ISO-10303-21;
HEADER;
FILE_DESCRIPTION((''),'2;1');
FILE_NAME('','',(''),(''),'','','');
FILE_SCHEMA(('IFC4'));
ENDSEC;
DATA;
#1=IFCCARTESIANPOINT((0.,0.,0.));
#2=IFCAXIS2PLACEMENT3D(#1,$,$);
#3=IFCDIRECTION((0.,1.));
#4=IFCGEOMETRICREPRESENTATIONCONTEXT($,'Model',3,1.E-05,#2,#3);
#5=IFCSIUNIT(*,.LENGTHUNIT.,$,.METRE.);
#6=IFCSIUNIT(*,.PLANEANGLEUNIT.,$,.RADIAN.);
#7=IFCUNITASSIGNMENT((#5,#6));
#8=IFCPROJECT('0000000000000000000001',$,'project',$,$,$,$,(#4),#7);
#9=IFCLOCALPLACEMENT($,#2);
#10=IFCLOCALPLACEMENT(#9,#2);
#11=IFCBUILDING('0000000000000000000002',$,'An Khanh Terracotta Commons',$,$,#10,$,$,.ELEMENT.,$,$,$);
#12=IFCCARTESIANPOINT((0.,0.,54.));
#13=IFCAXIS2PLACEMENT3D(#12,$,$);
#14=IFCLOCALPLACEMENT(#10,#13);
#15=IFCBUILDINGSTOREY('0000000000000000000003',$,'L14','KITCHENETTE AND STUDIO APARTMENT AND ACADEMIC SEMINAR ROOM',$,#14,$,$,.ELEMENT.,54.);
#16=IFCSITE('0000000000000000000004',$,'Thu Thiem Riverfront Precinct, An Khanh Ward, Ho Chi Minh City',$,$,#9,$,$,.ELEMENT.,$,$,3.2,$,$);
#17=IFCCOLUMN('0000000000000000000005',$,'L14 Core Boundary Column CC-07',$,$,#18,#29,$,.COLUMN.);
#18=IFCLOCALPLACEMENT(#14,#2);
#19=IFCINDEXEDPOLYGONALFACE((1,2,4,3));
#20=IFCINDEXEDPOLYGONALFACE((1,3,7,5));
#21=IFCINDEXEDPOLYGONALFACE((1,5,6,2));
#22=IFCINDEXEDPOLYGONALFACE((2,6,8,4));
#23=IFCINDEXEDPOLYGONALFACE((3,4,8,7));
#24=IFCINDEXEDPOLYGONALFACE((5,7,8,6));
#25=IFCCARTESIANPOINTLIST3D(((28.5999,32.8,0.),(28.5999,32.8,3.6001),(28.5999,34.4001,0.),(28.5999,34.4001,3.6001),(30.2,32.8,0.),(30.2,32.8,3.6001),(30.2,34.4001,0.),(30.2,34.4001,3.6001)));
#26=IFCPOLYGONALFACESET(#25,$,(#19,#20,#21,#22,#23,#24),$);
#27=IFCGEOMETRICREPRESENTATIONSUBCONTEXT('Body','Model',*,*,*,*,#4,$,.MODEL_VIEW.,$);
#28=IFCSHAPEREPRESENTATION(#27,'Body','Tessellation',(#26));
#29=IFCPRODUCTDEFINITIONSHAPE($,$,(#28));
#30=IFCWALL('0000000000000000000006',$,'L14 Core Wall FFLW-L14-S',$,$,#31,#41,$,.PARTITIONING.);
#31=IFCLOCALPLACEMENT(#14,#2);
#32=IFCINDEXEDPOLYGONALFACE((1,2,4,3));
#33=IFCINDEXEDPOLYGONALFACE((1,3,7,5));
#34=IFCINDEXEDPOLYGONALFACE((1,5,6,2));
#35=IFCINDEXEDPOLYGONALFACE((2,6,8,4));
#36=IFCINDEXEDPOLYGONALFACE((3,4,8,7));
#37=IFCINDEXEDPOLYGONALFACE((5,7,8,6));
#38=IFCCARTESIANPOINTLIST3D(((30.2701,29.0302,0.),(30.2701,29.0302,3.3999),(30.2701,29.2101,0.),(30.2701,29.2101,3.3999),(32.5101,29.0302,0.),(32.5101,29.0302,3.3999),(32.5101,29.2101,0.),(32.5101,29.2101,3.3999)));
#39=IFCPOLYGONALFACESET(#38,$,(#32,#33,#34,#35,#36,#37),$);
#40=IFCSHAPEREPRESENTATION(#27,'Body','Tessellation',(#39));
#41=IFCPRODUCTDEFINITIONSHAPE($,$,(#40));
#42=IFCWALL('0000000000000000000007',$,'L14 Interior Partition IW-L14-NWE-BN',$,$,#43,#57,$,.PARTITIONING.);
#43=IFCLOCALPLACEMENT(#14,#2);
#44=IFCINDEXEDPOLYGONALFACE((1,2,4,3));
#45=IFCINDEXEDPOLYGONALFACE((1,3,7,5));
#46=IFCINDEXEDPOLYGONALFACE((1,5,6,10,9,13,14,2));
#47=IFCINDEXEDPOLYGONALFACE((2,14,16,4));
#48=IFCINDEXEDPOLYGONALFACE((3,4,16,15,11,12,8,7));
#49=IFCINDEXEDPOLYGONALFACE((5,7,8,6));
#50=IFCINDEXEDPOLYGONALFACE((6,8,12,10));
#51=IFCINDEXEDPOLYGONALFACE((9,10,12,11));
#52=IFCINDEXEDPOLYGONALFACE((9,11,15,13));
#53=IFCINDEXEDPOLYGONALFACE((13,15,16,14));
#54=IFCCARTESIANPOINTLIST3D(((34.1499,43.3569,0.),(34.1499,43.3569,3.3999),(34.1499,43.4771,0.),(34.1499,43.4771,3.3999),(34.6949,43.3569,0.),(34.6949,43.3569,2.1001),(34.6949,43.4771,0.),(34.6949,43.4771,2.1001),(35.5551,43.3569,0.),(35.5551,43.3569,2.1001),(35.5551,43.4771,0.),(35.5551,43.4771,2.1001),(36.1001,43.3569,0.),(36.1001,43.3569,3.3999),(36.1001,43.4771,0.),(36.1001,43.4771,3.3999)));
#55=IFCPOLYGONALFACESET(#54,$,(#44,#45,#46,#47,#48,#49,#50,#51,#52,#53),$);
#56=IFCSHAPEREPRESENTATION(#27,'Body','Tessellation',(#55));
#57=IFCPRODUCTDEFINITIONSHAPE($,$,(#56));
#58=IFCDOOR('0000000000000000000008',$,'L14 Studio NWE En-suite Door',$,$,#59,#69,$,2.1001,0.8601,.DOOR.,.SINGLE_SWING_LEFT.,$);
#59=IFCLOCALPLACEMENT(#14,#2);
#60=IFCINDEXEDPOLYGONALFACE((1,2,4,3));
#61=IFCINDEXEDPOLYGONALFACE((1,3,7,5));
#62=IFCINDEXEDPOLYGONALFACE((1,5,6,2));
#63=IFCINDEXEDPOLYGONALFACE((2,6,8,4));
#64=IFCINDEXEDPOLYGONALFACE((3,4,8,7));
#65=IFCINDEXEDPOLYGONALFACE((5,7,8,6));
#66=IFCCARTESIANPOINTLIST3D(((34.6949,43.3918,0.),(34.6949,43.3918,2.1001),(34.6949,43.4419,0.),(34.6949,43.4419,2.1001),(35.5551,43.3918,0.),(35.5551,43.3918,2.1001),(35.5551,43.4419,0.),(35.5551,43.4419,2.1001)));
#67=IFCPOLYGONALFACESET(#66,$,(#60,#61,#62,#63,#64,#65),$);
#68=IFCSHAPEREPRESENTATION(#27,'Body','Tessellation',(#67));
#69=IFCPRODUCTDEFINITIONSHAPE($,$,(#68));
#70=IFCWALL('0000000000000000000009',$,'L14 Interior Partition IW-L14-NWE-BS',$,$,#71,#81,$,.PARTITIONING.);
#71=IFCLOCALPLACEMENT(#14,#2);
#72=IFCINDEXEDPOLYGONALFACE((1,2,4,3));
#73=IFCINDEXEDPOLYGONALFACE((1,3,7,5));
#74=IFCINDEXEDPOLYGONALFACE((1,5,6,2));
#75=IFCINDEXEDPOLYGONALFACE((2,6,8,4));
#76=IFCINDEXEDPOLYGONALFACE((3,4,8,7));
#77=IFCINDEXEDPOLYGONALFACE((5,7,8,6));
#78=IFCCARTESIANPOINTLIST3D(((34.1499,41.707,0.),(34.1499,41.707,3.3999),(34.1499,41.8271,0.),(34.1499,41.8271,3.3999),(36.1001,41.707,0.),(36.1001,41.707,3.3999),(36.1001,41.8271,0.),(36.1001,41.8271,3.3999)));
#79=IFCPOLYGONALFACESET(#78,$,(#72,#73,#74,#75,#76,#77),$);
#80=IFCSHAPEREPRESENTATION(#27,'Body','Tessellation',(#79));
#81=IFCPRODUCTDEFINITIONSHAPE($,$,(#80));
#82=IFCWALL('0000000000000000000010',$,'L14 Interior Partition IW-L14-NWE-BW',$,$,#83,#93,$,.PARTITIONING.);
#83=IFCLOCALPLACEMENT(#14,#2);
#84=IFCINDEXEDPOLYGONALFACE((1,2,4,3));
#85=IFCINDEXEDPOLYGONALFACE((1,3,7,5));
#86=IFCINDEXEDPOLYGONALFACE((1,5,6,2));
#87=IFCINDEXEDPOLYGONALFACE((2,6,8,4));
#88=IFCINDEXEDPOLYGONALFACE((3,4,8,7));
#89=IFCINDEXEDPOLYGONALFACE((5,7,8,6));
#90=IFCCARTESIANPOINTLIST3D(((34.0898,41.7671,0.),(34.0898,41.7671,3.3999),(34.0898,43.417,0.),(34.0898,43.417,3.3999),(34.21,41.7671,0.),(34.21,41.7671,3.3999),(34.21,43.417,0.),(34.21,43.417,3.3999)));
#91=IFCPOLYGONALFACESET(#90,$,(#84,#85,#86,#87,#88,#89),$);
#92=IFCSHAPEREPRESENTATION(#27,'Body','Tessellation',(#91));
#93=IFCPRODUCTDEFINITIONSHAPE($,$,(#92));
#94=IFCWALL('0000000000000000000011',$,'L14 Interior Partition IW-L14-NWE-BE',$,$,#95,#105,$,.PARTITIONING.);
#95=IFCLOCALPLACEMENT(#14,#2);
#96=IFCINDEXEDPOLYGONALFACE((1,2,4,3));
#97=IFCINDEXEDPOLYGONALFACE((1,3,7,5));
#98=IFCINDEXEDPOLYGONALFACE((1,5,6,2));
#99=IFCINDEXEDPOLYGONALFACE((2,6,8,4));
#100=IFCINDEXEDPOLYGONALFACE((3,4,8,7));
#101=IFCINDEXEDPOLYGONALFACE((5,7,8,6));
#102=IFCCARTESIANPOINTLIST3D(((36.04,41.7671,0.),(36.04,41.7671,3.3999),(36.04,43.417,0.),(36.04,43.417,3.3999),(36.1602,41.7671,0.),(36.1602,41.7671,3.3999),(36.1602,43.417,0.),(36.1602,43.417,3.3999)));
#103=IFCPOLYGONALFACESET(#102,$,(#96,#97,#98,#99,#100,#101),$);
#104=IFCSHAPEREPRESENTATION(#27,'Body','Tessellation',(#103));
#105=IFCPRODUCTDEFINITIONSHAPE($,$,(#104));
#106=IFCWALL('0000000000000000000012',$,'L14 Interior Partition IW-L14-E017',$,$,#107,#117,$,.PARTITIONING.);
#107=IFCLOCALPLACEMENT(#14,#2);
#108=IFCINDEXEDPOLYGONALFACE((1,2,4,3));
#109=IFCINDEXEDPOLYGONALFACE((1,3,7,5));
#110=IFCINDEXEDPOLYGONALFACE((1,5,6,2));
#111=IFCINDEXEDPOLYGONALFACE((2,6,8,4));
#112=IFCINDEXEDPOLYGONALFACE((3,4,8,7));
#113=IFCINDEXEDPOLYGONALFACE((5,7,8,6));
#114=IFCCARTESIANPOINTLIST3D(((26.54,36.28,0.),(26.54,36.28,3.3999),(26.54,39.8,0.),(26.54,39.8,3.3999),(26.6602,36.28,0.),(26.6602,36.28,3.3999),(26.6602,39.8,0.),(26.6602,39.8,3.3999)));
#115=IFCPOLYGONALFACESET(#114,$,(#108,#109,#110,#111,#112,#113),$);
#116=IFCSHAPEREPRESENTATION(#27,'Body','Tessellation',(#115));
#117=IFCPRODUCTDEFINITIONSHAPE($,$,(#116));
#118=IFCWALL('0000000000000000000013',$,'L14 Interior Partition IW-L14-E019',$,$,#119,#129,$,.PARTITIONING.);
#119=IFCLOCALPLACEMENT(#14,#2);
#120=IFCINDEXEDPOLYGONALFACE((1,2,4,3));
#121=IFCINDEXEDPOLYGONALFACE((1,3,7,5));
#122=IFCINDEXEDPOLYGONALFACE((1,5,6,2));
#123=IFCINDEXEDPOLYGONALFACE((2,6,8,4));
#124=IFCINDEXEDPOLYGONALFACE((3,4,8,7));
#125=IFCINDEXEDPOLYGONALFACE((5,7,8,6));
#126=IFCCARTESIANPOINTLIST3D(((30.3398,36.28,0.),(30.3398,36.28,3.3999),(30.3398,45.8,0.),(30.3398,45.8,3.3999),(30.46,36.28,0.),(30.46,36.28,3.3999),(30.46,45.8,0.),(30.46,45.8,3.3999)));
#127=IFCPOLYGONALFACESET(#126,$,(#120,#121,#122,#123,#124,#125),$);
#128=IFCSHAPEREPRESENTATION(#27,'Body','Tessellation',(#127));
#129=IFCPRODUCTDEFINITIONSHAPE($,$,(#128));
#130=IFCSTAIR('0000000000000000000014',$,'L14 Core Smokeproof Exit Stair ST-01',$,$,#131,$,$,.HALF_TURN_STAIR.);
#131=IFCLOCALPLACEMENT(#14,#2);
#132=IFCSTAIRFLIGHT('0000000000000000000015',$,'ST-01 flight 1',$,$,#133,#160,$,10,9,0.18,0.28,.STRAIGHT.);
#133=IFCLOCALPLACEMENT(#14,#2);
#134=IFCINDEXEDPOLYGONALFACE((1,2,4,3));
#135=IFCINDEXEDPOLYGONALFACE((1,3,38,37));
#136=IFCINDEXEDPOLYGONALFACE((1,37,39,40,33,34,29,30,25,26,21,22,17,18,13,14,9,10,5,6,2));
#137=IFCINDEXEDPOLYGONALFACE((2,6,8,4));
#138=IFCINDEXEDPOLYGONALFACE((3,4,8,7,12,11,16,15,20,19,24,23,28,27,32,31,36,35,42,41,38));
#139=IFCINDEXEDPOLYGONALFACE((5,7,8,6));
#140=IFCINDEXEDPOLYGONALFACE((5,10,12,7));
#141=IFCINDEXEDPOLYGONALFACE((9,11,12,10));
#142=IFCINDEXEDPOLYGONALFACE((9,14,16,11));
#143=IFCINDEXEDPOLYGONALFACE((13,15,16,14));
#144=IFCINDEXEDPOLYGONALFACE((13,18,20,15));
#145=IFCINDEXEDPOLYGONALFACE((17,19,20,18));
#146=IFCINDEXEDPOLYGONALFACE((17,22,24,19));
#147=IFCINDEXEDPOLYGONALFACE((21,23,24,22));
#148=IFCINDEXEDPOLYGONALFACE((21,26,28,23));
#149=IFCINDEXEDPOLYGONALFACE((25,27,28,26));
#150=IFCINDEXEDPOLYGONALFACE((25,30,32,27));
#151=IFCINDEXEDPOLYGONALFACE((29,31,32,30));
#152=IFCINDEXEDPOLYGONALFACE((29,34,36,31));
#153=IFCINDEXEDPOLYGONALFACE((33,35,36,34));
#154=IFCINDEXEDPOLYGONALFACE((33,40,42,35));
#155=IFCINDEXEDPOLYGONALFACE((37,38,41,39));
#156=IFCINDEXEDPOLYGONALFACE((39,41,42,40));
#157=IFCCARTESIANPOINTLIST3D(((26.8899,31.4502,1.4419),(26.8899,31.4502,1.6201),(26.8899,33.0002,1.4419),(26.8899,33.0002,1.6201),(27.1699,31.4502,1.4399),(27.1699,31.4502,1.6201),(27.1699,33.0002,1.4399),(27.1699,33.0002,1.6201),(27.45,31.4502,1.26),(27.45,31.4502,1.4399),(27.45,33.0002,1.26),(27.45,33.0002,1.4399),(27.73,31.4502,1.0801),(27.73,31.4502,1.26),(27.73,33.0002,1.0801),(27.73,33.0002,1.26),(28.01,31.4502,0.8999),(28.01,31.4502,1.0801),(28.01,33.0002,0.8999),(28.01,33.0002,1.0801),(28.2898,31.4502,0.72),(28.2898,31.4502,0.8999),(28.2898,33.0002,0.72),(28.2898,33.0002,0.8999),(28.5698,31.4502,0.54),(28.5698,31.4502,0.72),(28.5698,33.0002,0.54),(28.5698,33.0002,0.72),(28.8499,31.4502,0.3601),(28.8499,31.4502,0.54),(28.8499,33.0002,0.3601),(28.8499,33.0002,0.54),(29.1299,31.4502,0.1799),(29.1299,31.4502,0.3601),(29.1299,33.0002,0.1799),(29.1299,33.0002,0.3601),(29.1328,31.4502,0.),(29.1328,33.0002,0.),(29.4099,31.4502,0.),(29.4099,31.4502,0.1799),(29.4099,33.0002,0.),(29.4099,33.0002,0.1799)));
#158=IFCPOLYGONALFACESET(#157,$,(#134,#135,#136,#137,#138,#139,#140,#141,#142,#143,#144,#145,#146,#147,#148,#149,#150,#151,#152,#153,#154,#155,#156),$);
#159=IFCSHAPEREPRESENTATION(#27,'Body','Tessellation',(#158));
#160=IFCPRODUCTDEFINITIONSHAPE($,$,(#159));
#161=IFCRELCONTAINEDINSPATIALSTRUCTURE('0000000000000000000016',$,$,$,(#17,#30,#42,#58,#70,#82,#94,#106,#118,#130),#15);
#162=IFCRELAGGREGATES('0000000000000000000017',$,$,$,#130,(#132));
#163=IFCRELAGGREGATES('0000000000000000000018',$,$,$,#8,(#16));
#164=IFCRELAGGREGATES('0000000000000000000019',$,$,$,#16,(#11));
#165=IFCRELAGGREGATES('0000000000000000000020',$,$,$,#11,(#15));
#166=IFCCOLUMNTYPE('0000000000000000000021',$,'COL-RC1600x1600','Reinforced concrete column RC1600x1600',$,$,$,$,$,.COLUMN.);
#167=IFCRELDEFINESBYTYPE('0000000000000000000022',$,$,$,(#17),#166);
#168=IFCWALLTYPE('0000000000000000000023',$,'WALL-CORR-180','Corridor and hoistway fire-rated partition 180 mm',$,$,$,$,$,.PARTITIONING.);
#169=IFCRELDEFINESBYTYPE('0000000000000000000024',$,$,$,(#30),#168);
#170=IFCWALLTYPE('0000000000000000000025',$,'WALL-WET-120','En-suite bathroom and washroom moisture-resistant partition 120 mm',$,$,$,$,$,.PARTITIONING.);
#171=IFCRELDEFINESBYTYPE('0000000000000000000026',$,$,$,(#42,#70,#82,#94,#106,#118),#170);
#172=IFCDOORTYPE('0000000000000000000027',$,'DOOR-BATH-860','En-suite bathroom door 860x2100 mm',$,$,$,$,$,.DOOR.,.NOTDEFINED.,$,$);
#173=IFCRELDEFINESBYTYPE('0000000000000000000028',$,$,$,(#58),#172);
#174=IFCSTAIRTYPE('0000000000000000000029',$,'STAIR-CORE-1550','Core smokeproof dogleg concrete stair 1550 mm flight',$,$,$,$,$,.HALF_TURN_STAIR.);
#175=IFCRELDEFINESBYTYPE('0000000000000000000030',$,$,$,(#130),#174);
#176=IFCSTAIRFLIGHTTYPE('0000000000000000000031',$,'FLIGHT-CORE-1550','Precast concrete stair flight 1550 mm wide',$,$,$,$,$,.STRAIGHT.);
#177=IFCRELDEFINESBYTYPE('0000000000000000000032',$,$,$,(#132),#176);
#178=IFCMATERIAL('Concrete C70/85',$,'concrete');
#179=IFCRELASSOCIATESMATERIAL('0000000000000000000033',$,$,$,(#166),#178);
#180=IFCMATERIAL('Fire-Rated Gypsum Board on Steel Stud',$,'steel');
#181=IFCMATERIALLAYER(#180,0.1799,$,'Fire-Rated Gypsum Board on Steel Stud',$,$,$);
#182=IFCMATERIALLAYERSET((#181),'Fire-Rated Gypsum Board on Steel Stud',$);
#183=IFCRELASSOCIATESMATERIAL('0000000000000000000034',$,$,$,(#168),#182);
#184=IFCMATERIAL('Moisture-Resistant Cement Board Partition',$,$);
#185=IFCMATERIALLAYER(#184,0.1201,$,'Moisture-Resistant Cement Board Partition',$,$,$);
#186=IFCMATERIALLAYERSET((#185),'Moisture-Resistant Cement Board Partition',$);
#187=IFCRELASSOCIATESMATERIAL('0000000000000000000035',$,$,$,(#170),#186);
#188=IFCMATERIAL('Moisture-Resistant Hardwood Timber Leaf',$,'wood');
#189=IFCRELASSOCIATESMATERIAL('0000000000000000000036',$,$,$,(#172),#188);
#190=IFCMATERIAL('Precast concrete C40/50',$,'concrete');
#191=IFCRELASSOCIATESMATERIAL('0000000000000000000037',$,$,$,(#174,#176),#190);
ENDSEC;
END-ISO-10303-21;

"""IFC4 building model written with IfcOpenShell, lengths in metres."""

from ifc_helpers import new_model, si_unit, direction, frame, frame_2d, origin, origin_2d, place, context, subcontext, project, spatial, polyline, rectangle, outline, extrude, material, layer, layer_set, material_profile, profile_set, type_object, element, fill, aggregate, save


model = new_model("IFC4")

# Units and contexts
model_context = context("Model", 3, precision=1e-05, world=origin(), true_north=direction((0.0, 1.0)))
body_context = subcontext(model_context, "Body", "Model", "MODEL_VIEW")
ifc_project = project(units=[si_unit("LENGTHUNIT", "METRE"), si_unit("PLANEANGLEUNIT", "RADIAN")], contexts=[model_context])

# Site, building, storey
site_placement = place(None, origin())
site = spatial("IfcSite", under=ifc_project, at=site_placement, Name="Thu Thiem Riverfront Precinct, An Khanh Ward, Ho Chi Minh City", CompositionType="ELEMENT", RefElevation=3.2)
building_placement = place(site_placement, origin())
building = spatial("IfcBuilding", under=site, at=building_placement, Name="An Khanh Terracotta Commons", CompositionType="ELEMENT")
storey_placement = place(building_placement, frame((0.0, 0.0, 54.0)))
storey = spatial("IfcBuildingStorey", under=building, at=storey_placement, Name="L14", Description="KITCHENETTE AND STUDIO APARTMENT AND ACADEMIC SEMINAR ROOM", CompositionType="ELEMENT", Elevation=54.0)

# Column
ifc_material_1 = material(Name="Concrete C70/85", Category="concrete")
ifc_material_profile = material_profile(ifc_material_1, rectangle(XDim=1.6001, YDim=1.6001, at=origin_2d()), Name="RC1600x1600")
ifc_profile_set = profile_set([ifc_material_profile], Name="Concrete C70/85")
column_type = type_object("IfcColumnType", Name="COL-RC1600x1600", Description="Reinforced concrete column RC1600x1600", PredefinedType="COLUMN", material=ifc_profile_set)
column_placement = place(storey_placement, frame((29.3999, 33.6001, 0.0), z_axis=(0.0, 0.0, 1.0), x_axis=(1.0, 0.0, 0.0)))
element("IfcColumn", 1, at=column_placement, inside=storey, type_object=column_type, Name="L14 Core Boundary Column CC-07", PredefinedType="COLUMN", context=body_context, shape_type="SweptSolid", body=[
    extrude(rectangle(XDim=1.6001, YDim=1.6001, at=origin_2d()), origin(), (0.0, 0.0, 1.0), 3.6001),
])

# Wall
ifc_material_2 = material(Name="Fire-Rated Gypsum Board on Steel Stud", Category="steel")
ifc_layer_1 = layer(ifc_material_2, 0.1799, Name="Fire-Rated Gypsum Board on Steel Stud")
ifc_layer_set_1 = layer_set([ifc_layer_1], Name="Fire-Rated Gypsum Board on Steel Stud")
wall_type_1 = type_object("IfcWallType", Name="WALL-CORR-180", Description="Corridor and hoistway fire-rated partition 180 mm", PredefinedType="PARTITIONING", material=ifc_layer_set_1)
wall_1_placement = place(storey_placement, frame((30.27, 29.1201, 0.0), z_axis=(0.0, 0.0, 1.0), x_axis=(1.0, 0.0, 0.0)))
element("IfcWall", 2, at=wall_1_placement, inside=storey, type_object=wall_type_1, Name="L14 Core Wall FFLW-L14-S", PredefinedType="PARTITIONING", context=body_context, shape_type="SweptSolid", body=[
    extrude(rectangle(XDim=2.24, YDim=0.1799, at=frame_2d((1.1201, 0.0))), origin(), (0.0, 0.0, 1.0), 3.3999),
])

# Wall, opening, door
ifc_material_3 = material(Name="Moisture-Resistant Cement Board Partition")
ifc_layer_2 = layer(ifc_material_3, 0.1201, Name="Moisture-Resistant Cement Board Partition")
ifc_layer_set_2 = layer_set([ifc_layer_2], Name="Moisture-Resistant Cement Board Partition")
wall_type_2 = type_object("IfcWallType", Name="WALL-WET-120", Description="En-suite bathroom and washroom moisture-resistant partition 120 mm", PredefinedType="PARTITIONING", material=ifc_layer_set_2)
wall_2_placement = place(storey_placement, frame((34.1499, 43.417, 0.0), z_axis=(0.0, 0.0, 1.0), x_axis=(1.0, 0.0, 0.0)))
wall_2 = element("IfcWall", 3, at=wall_2_placement, inside=storey, type_object=wall_type_2, Name="L14 Interior Partition IW-L14-NWE-BN", PredefinedType="PARTITIONING", context=body_context, shape_type="SweptSolid", body=[
    extrude(rectangle(XDim=1.9502, YDim=0.1201, at=frame_2d((0.9751, 0.0))), origin(), (0.0, 0.0, 1.0), 3.3999),
])
opening_1_placement = place(wall_2_placement, frame((0.5449, 0.0, 0.0)))
opening_1 = element("IfcOpeningElement", 4, at=opening_1_placement, cuts=wall_2, PredefinedType="OPENING", context=body_context, shape_type="SweptSolid", body=[
    extrude(rectangle(XDim=0.8601, YDim=2.1001, at=frame_2d((0.4302, 1.05))), frame((0.0, 0.0701, 0.0), z_axis=(0.0, -1.0, 0.0), x_axis=(1.0, 0.0, 0.0)), (0.0, 0.0, 1.0), 0.1401),
])
ifc_material_4 = material(Name="Moisture-Resistant Hardwood Timber Leaf", Category="wood")
door_type_1 = type_object("IfcDoorType", Name="DOOR-BATH-860", Description="En-suite bathroom door 860x2100 mm", OperationType="NOTDEFINED", PredefinedType="DOOR", material=ifc_material_4)
door_1_placement = place(opening_1_placement, origin())
door_1 = element("IfcDoor", 5, at=door_1_placement, inside=storey, type_object=door_type_1, Name="L14 Studio NWE En-suite Door", OperationType="SINGLE_SWING_LEFT", OverallHeight=2.1001, OverallWidth=0.8601, PredefinedType="DOOR", context=body_context, shape_type="SweptSolid", body=[
    extrude(rectangle(XDim=0.8601, YDim=2.1001, at=frame_2d((0.4302, 1.05))), frame((0.0, 0.0249, 0.0), z_axis=(0.0, -1.0, 0.0), x_axis=(1.0, 0.0, 0.0)), (0.0, 0.0, 1.0), 0.05),
])
fill(opening_1, door_1)

# Walls
wall_3_placement = place(storey_placement, frame((36.1001, 41.7671, 0.0), z_axis=(0.0, 0.0, 1.0), x_axis=(-1.0, 0.0, 0.0)))
element("IfcWall", 6, at=wall_3_placement, inside=storey, type_object=wall_type_2, Name="L14 Interior Partition IW-L14-NWE-BS", PredefinedType="PARTITIONING", context=body_context, shape_type="SweptSolid", body=[
    extrude(rectangle(XDim=1.9502, YDim=0.1201, at=frame_2d((0.9751, 0.0))), origin(), (0.0, 0.0, 1.0), 3.3999),
])
for number, where, z_axis, x_axis, name in (
    (7, (34.1499, 43.417, 0.0), (0.0, 0.0, 1.0), (0.0, -1.0, 0.0), "L14 Interior Partition IW-L14-NWE-BW"),
    (8, (36.1001, 41.7671, 0.0), (0.0, 0.0, 1.0), (0.0, 1.0, 0.0), "L14 Interior Partition IW-L14-NWE-BE"),
):
    element("IfcWall", number, at=place(storey_placement, frame(where, z_axis=z_axis, x_axis=x_axis)), inside=storey, type_object=wall_type_2, Name=name, PredefinedType="PARTITIONING", context=body_context, shape_type="SweptSolid", body=[
        extrude(rectangle(XDim=1.6499, YDim=0.1201, at=frame_2d((0.825, 0.0))), origin(), (0.0, 0.0, 1.0), 3.3999),
    ])
wall_4_placement = place(storey_placement, frame((26.6001, 36.28, 0.0), z_axis=(0.0, 0.0, 1.0), x_axis=(0.0, 1.0, 0.0)))
element("IfcWall", 9, at=wall_4_placement, inside=storey, type_object=wall_type_2, Name="L14 Interior Partition IW-L14-E017", PredefinedType="PARTITIONING", context=body_context, shape_type="SweptSolid", body=[
    extrude(rectangle(XDim=3.52, YDim=0.1201, at=frame_2d((1.76, 0.0))), origin(), (0.0, 0.0, 1.0), 3.3999),
])
wall_5_placement = place(storey_placement, frame((30.3999, 36.28, 0.0), z_axis=(0.0, 0.0, 1.0), x_axis=(0.0, 1.0, 0.0)))
element("IfcWall", 10, at=wall_5_placement, inside=storey, type_object=wall_type_2, Name="L14 Interior Partition IW-L14-E019", PredefinedType="PARTITIONING", context=body_context, shape_type="SweptSolid", body=[
    extrude(rectangle(XDim=9.52, YDim=0.1201, at=frame_2d((4.76, 0.0))), origin(), (0.0, 0.0, 1.0), 3.3999),
])

# Stair, stair flight
ifc_material_5 = material(Name="Precast concrete C40/50", Category="concrete")
stair_type = type_object("IfcStairType", Name="STAIR-CORE-1550", Description="Core smokeproof dogleg concrete stair 1550 mm flight", PredefinedType="HALF_TURN_STAIR", material=ifc_material_5)
stair_placement = place(storey_placement, origin())
stair = element("IfcStair", 11, at=stair_placement, inside=storey, type_object=stair_type, Name="L14 Core Smokeproof Exit Stair ST-01", PredefinedType="HALF_TURN_STAIR")
stair_flight_type = type_object("IfcStairFlightType", Name="FLIGHT-CORE-1550", Description="Precast concrete stair flight 1550 mm wide", PredefinedType="STRAIGHT", material=ifc_material_5)
stair_flight_1_placement = place(storey_placement, frame((29.4099, 32.2251, 0.0), z_axis=(0.0, 0.0, 1.0), x_axis=(-1.0, 0.0, 0.0)))
stair_flight_1 = element("IfcStairFlight", 12, at=stair_flight_1_placement, type_object=stair_flight_type, Name="ST-01 flight 1", NumberOfRisers=10, NumberOfTreads=9, PredefinedType="STRAIGHT", RiserHeight=0.18, TreadLength=0.28, context=body_context, shape_type="SweptSolid", body=[
    extrude(outline(polyline([(0.0, 0.0), (0.0, 0.1799), (0.28, 0.1799), (0.28, 0.3601), (0.5601, 0.3601), (0.5601, 0.54), (0.8401, 0.54), (0.8401, 0.72), (1.1201, 0.72), (1.1201, 0.8999), (1.3999, 0.8999), (1.3999, 1.0801), (1.6799, 1.0801), (1.6799, 1.26), (1.96, 1.26), (1.96, 1.4399), (2.24, 1.4399), (2.24, 1.6201), (2.52, 1.6201), (2.52, 1.8), (2.52, 1.4419), (0.2771, 0.0), (0.0, 0.0)])), frame((0.0, 0.7749, 0.0), z_axis=(0.0, -1.0, 0.0), x_axis=(1.0, 0.0, 0.0)), (0.0, 0.0, 1.0), 1.55),
])
aggregate(stair, [stair_flight_1])

save(model, "model.ifc")
